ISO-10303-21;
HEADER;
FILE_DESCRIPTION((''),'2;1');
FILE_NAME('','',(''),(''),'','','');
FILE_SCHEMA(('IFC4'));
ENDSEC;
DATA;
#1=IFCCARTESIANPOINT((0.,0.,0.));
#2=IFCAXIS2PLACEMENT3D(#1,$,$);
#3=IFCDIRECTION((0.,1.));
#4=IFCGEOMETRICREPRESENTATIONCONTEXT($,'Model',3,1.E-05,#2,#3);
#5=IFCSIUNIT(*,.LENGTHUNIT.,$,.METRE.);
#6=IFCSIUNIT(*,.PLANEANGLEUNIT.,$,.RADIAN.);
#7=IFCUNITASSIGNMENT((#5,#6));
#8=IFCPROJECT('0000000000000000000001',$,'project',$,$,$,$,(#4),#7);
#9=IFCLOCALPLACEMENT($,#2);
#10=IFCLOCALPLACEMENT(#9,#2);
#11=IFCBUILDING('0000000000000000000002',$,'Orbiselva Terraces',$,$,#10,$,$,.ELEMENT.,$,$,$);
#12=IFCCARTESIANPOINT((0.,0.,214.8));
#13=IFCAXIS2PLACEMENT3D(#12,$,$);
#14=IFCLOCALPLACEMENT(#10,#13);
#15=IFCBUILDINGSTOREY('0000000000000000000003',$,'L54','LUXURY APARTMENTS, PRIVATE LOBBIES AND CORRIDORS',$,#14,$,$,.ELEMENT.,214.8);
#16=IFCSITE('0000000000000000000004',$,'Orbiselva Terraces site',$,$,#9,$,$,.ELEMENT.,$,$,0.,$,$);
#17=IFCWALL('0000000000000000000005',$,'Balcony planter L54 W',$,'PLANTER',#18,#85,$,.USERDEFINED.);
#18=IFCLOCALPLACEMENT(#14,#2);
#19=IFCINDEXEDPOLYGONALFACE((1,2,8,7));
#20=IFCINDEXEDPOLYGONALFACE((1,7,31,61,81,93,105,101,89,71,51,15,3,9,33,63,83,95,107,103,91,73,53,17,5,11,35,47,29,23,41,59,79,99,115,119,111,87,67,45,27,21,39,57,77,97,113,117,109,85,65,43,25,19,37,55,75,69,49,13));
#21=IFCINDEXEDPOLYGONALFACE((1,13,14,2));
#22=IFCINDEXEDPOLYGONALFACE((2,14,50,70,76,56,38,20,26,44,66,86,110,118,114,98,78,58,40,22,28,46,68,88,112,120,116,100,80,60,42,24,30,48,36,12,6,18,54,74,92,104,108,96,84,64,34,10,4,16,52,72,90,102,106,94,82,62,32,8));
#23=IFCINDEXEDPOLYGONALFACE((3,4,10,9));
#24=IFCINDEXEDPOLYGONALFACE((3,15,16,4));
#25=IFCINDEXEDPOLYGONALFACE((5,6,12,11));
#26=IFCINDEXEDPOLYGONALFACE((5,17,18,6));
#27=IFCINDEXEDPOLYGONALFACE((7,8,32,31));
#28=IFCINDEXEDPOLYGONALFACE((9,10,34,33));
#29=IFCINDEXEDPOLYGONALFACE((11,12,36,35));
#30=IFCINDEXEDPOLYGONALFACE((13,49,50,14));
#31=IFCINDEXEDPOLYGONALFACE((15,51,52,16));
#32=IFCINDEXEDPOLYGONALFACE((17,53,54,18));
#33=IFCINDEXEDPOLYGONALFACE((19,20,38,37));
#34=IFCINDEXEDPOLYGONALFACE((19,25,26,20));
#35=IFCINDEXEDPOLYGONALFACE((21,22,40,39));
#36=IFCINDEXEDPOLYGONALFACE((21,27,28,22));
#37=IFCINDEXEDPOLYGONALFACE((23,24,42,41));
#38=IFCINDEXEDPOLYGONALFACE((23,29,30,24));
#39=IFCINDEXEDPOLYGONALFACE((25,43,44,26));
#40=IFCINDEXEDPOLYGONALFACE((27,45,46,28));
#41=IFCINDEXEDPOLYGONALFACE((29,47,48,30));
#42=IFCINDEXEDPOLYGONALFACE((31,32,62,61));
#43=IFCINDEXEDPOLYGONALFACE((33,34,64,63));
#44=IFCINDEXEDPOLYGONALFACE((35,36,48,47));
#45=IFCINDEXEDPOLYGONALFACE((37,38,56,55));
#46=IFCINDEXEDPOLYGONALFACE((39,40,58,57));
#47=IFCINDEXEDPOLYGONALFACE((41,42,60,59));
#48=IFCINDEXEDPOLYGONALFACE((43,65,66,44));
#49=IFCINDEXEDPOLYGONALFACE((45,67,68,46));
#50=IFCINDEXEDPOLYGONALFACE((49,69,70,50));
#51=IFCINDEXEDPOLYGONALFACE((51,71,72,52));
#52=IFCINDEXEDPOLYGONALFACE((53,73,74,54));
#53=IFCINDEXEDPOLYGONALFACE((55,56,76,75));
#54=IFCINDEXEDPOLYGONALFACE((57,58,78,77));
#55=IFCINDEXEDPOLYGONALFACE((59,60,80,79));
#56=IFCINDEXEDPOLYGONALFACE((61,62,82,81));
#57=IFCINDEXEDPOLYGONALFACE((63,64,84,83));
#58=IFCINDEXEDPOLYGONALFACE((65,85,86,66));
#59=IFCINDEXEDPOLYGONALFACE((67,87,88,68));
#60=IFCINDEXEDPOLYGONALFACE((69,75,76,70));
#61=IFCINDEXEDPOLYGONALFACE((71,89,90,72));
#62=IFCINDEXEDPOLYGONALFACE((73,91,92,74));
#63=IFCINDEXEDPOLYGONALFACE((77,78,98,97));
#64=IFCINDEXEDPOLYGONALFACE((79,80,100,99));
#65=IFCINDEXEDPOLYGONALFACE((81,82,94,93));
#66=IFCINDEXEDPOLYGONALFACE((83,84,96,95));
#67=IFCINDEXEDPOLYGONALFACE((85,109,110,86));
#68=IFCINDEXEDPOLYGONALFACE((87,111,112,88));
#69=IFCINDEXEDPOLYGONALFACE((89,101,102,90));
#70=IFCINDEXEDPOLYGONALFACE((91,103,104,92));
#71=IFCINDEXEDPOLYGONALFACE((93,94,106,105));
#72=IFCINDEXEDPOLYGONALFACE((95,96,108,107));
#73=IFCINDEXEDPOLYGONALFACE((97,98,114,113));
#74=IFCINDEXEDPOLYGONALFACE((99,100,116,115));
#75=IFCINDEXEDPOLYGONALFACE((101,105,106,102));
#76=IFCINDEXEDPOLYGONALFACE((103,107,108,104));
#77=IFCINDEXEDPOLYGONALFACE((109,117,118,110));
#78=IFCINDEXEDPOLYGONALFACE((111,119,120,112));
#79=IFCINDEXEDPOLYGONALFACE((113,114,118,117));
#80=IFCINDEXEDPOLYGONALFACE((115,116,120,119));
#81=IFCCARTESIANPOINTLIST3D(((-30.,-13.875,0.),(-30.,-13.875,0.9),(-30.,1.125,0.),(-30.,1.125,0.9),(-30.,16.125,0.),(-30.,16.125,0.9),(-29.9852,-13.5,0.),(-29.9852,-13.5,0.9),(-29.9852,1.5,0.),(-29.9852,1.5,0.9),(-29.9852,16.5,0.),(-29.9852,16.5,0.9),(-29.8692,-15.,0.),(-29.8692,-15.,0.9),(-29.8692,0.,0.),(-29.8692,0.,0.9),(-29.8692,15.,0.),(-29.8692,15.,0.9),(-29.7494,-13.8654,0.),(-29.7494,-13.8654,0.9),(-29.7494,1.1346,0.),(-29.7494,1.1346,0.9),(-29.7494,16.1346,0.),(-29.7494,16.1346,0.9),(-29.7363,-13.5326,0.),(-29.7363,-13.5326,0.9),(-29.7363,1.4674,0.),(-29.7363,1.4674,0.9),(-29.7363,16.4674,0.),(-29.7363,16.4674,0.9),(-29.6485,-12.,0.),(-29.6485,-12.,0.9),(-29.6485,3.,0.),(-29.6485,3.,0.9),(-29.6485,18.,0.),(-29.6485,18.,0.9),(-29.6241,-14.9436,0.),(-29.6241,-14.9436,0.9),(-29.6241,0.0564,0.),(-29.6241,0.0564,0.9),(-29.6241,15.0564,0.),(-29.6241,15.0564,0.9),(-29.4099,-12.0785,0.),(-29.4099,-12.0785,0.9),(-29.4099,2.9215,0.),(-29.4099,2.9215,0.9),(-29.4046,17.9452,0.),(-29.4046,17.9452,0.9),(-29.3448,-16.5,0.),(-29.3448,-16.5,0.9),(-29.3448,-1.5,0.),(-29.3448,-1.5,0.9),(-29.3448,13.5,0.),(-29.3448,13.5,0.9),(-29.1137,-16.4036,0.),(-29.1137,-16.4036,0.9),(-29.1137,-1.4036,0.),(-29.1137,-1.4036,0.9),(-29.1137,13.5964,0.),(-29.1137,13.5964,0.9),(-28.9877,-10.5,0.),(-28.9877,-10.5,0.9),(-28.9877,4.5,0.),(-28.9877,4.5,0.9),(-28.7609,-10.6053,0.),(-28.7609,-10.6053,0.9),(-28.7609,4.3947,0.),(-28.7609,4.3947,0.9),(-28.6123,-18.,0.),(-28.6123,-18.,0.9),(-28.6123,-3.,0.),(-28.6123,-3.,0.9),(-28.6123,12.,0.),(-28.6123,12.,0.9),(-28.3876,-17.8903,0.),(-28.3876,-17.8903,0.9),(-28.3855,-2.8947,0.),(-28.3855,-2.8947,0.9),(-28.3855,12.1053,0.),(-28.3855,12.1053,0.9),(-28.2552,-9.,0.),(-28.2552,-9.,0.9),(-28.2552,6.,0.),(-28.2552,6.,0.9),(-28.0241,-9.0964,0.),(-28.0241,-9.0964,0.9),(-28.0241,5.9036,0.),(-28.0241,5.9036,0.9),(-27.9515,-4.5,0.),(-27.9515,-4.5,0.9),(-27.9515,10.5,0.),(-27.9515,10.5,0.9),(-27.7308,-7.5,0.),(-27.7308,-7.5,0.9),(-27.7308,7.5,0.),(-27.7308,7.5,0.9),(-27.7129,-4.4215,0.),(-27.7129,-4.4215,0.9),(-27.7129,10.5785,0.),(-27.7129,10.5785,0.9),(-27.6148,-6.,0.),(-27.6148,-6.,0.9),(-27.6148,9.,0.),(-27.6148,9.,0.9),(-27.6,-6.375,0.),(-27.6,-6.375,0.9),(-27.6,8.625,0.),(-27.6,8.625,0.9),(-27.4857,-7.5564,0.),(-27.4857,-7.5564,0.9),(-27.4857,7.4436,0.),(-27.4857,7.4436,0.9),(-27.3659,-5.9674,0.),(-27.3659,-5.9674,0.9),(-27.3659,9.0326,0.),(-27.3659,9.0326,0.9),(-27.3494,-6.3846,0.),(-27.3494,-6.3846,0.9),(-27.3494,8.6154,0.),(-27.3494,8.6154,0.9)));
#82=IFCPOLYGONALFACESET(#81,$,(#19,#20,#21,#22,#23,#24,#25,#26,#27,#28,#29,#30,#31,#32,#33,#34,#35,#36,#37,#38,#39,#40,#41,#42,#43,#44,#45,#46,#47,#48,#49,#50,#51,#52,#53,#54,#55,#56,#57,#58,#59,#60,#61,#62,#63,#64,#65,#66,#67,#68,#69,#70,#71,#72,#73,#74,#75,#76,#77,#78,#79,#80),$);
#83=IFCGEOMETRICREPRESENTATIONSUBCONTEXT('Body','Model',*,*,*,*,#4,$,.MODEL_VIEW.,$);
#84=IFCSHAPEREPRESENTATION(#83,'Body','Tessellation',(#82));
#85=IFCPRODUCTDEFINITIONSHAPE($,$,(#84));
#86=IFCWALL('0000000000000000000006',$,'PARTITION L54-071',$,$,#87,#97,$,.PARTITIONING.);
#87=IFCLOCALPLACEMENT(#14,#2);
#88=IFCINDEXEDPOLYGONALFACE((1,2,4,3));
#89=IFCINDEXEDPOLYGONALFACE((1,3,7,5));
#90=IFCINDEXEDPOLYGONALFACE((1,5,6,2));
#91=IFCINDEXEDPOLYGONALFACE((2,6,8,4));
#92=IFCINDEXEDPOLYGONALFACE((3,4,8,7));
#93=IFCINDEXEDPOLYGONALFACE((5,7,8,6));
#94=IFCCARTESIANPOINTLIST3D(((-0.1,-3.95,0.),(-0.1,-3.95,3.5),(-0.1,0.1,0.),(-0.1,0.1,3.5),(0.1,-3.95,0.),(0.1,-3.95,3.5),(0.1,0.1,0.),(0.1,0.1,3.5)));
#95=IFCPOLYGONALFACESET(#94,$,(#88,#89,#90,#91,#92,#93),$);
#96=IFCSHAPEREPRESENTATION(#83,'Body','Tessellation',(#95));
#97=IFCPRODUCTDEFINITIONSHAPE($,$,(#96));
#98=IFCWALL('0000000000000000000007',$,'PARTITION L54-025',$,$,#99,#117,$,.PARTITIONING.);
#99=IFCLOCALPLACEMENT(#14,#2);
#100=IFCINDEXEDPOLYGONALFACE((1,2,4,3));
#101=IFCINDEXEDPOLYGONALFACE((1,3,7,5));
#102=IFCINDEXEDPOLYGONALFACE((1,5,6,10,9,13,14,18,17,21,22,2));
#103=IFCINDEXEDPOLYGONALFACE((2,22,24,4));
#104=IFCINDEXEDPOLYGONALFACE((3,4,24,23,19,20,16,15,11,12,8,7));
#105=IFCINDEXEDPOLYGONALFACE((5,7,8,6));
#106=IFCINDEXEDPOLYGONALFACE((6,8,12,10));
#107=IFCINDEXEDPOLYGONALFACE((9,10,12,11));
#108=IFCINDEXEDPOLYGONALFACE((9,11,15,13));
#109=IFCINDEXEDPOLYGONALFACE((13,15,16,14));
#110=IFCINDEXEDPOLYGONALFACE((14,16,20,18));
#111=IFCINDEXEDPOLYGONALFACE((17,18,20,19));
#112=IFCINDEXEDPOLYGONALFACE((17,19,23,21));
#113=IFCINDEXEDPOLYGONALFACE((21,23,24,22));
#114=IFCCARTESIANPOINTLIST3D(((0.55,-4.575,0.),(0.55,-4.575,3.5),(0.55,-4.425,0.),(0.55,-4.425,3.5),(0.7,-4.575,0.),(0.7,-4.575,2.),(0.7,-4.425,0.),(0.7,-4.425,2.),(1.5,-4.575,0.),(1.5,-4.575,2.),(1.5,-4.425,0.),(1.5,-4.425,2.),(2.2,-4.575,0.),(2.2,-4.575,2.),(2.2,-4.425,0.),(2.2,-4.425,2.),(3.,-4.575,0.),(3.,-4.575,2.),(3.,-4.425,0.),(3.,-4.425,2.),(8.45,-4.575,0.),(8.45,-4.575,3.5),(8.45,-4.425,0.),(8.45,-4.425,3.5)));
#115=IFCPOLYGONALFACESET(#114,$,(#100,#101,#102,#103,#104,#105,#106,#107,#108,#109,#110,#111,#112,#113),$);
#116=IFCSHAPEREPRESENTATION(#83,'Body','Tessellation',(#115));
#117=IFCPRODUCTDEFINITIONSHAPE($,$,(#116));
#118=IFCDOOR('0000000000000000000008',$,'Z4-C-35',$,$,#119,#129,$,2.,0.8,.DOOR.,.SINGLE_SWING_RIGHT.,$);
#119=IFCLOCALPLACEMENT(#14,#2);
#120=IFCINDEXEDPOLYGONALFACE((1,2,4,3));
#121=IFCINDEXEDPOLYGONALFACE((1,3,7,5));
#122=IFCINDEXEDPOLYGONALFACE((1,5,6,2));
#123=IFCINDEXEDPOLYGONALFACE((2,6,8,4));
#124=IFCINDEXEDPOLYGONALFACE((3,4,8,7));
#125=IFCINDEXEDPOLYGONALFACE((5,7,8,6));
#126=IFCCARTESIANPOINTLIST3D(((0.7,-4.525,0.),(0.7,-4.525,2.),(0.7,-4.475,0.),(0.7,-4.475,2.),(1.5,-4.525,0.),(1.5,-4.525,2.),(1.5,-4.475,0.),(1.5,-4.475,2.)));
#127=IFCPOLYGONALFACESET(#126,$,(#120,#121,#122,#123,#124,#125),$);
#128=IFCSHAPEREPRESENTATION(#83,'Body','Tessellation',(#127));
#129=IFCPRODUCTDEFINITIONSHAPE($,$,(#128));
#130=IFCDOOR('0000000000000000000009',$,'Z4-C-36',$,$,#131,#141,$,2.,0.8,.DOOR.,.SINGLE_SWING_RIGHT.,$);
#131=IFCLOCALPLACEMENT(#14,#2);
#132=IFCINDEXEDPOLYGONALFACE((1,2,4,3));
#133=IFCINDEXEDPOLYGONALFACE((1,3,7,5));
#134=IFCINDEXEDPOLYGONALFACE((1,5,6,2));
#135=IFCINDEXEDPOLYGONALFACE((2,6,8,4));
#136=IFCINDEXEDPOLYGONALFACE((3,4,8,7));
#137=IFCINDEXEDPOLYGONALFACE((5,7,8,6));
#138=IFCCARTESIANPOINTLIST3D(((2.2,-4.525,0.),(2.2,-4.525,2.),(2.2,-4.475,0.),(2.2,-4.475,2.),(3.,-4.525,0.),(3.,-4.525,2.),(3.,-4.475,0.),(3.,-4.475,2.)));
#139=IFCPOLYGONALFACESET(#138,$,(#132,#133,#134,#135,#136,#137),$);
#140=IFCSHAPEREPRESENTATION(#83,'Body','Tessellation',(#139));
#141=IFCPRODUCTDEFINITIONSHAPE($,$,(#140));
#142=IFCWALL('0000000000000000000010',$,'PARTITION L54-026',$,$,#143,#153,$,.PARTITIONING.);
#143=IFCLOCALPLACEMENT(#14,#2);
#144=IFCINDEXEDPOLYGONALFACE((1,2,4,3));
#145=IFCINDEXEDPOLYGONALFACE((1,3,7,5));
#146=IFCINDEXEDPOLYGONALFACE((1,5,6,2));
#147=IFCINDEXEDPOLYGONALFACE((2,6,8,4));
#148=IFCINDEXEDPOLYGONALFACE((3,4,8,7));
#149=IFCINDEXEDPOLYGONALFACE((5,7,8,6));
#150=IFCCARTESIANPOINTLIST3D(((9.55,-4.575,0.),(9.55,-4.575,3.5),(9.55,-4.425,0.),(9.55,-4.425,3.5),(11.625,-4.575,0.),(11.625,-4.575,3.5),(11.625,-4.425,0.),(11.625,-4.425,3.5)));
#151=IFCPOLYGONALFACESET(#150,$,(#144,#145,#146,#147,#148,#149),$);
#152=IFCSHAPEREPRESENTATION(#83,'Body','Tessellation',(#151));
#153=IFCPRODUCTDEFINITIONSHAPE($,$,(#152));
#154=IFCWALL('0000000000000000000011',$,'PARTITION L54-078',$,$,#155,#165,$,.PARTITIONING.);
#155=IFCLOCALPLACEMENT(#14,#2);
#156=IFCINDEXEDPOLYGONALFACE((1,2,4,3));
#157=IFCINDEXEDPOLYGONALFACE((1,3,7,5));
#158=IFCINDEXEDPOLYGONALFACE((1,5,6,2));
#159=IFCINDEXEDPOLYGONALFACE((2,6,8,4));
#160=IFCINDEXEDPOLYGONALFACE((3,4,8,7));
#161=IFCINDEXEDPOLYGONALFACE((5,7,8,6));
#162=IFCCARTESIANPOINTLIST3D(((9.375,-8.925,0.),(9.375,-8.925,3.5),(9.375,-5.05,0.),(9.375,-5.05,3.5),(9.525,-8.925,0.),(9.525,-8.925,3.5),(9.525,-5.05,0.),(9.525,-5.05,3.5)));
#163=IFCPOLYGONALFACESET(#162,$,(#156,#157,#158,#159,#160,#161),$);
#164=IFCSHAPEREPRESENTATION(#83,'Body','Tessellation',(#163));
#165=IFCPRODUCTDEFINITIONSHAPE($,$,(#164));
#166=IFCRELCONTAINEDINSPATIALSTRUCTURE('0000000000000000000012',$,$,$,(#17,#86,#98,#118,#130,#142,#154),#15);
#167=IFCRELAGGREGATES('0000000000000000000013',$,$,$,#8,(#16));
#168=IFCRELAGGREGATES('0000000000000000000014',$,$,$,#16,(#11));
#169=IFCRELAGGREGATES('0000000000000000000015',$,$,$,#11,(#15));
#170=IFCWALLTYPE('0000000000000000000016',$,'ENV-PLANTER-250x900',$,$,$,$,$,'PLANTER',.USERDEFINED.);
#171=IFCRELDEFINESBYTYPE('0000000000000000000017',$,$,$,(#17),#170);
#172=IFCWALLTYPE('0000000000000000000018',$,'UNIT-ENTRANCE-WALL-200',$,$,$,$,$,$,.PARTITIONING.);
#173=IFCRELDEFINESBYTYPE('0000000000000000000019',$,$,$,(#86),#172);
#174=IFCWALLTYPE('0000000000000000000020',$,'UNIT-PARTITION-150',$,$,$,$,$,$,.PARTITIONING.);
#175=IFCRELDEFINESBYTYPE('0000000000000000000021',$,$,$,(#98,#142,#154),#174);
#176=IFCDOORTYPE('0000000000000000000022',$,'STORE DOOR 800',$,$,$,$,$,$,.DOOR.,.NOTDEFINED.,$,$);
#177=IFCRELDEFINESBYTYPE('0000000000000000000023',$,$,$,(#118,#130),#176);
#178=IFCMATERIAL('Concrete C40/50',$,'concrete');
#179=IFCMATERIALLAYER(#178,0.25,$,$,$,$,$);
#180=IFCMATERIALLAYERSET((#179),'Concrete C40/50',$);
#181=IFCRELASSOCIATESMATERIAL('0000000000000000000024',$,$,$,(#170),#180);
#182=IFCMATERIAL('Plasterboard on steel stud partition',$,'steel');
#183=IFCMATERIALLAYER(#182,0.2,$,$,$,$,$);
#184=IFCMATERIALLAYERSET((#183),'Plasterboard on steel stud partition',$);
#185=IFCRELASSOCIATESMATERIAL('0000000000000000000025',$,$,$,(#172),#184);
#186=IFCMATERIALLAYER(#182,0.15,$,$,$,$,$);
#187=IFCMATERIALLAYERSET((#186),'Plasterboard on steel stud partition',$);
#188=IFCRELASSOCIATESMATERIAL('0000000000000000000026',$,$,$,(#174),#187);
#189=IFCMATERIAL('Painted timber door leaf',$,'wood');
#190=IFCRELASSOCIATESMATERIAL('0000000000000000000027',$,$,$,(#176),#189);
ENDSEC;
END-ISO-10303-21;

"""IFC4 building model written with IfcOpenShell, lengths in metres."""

from ifc_helpers import new_model, si_unit, direction, frame, frame_2d, origin, place, context, subcontext, project, spatial, polyline, rectangle, outline, extrude, material, layer, layer_set, type_object, element, fill, save


model = new_model("IFC4")

# Units and contexts
model_context = context("Model", 3, precision=1e-05, world=origin(), true_north=direction((0.0, 1.0)))
body_context = subcontext(model_context, "Body", "Model", "MODEL_VIEW")
ifc_project = project(units=[si_unit("LENGTHUNIT", "METRE"), si_unit("PLANEANGLEUNIT", "RADIAN")], contexts=[model_context])

# Site, building, storey
site_placement = place(None, origin())
site = spatial("IfcSite", under=ifc_project, at=site_placement, Name="Orbiselva Terraces site", CompositionType="ELEMENT", RefElevation=0.0)
building_placement = place(site_placement, origin())
building = spatial("IfcBuilding", under=site, at=building_placement, Name="Orbiselva Terraces", CompositionType="ELEMENT")
storey_placement = place(building_placement, frame((0.0, 0.0, 214.8)))
storey = spatial("IfcBuildingStorey", under=building, at=storey_placement, Name="L54", Description="LUXURY APARTMENTS, PRIVATE LOBBIES AND CORRIDORS", CompositionType="ELEMENT", Elevation=214.8)

# Shared definitions
ifc_material_1 = material(Name="Concrete C40/50", Category="concrete")

# Walls
ifc_layer_1 = layer(ifc_material_1, 0.25)
ifc_layer_set_1 = layer_set([ifc_layer_1], Name="Concrete C40/50")
wall_type_1 = type_object("IfcWallType", Name="ENV-PLANTER-250x900", ElementType="PLANTER", PredefinedType="USERDEFINED", material=ifc_layer_set_1)
wall_1_placement = place(storey_placement, origin())
element("IfcWall", 1, at=wall_1_placement, inside=storey, type_object=wall_type_1, Name="Balcony planter L54 W", ObjectType="PLANTER", PredefinedType="USERDEFINED", context=body_context, shape_type="SweptSolid", body=[
    extrude(outline(polyline([(-29.6485, 18.0), (-29.9852, 16.5), (-30.0, 16.125), (-29.8692, 15.0), (-29.3448, 13.5), (-28.6123, 12.0), (-27.9515, 10.5), (-27.6148, 9.0), (-27.6, 8.625), (-27.7308, 7.5), (-28.2552, 6.0), (-28.9877, 4.5), (-29.6485, 3.0), (-29.9852, 1.5), (-30.0, 1.125), (-29.8692, 0.0), (-29.3448, -1.5), (-28.6123, -3.0), (-27.9515, -4.5), (-27.6148, -6.0), (-27.6, -6.375), (-27.7308, -7.5), (-28.2552, -9.0), (-28.9877, -10.5), (-29.6485, -12.0), (-29.9852, -13.5), (-30.0, -13.875), (-29.8692, -15.0), (-29.3448, -16.5), (-28.6123, -18.0), (-28.3876, -17.8903), (-29.1137, -16.4036), (-29.6241, -14.9436), (-29.7494, -13.8654), (-29.7363, -13.5326), (-29.4099, -12.0785), (-28.7609, -10.6053), (-28.0241, -9.0964), (-27.4857, -7.5564), (-27.3494, -6.3846), (-27.3659, -5.9674), (-27.7129, -4.4215), (-28.3855, -2.8947), (-29.1137, -1.4036), (-29.6241, 0.0564), (-29.7494, 1.1346), (-29.7363, 1.4674), (-29.4099, 2.9215), (-28.7609, 4.3947), (-28.0241, 5.9036), (-27.4857, 7.4436), (-27.3494, 8.6154), (-27.3659, 9.0326), (-27.7129, 10.5785), (-28.3855, 12.1053), (-29.1137, 13.5964), (-29.6241, 15.0564), (-29.7494, 16.1346), (-29.7363, 16.4674), (-29.4046, 17.9452), (-29.6485, 18.0)])), origin(), (0.0, 0.0, 1.0), 0.9),
])
ifc_material_2 = material(Name="Plasterboard on steel stud partition", Category="steel")
ifc_layer_2 = layer(ifc_material_2, 0.2)
ifc_layer_set_2 = layer_set([ifc_layer_2], Name="Plasterboard on steel stud partition")
wall_type_2 = type_object("IfcWallType", Name="UNIT-ENTRANCE-WALL-200", PredefinedType="PARTITIONING", material=ifc_layer_set_2)
wall_2_placement = place(storey_placement, frame((0.0, -3.95, 0.0), z_axis=(0.0, 0.0, 1.0), x_axis=(0.0, 1.0, 0.0)))
element("IfcWall", 2, at=wall_2_placement, inside=storey, type_object=wall_type_2, Name="PARTITION L54-071", PredefinedType="PARTITIONING", context=body_context, shape_type="SweptSolid", body=[
    extrude(rectangle(XDim=4.05, YDim=0.2, at=frame_2d((2.025, 0.0))), origin(), (0.0, 0.0, 1.0), 3.5),
])

# Wall, openings, doors
ifc_layer_3 = layer(ifc_material_2, 0.15)
ifc_layer_set_3 = layer_set([ifc_layer_3], Name="Plasterboard on steel stud partition")
wall_type_3 = type_object("IfcWallType", Name="UNIT-PARTITION-150", PredefinedType="PARTITIONING", material=ifc_layer_set_3)
wall_3_placement = place(storey_placement, frame((8.45, -4.5, 0.0), z_axis=(0.0, 0.0, 1.0), x_axis=(-1.0, 0.0, 0.0)))
wall_3 = element("IfcWall", 3, at=wall_3_placement, inside=storey, type_object=wall_type_3, Name="PARTITION L54-025", PredefinedType="PARTITIONING", context=body_context, shape_type="SweptSolid", body=[
    extrude(rectangle(XDim=7.9, YDim=0.15, at=frame_2d((3.95, 0.0))), origin(), (0.0, 0.0, 1.0), 3.5),
])
opening_1_placement = place(wall_3_placement, frame((6.95, 0.0, 0.0)))
opening_1 = element("IfcOpeningElement", 4, at=opening_1_placement, cuts=wall_3, PredefinedType="OPENING", context=body_context, shape_type="SweptSolid", body=[
    extrude(rectangle(XDim=0.8, YDim=2.0, at=frame_2d((0.4, 1.0))), frame((0.0, 0.085, 0.0), z_axis=(0.0, -1.0, 0.0), x_axis=(1.0, 0.0, 0.0)), (0.0, 0.0, 1.0), 0.17),
])
opening_2_placement = place(wall_3_placement, frame((5.45, 0.0, 0.0)))
opening_2 = element("IfcOpeningElement", 5, at=opening_2_placement, cuts=wall_3, PredefinedType="OPENING", context=body_context, shape_type="SweptSolid", body=[
    extrude(rectangle(XDim=0.8, YDim=2.0, at=frame_2d((0.4, 1.0))), frame((0.0, 0.085, 0.0), z_axis=(0.0, -1.0, 0.0), x_axis=(1.0, 0.0, 0.0)), (0.0, 0.0, 1.0), 0.17),
])
ifc_material_3 = material(Name="Painted timber door leaf", Category="wood")
door_type = type_object("IfcDoorType", Name="STORE DOOR 800", OperationType="NOTDEFINED", PredefinedType="DOOR", material=ifc_material_3)
door_1_placement = place(opening_1_placement, origin())
door_1 = element("IfcDoor", 6, at=door_1_placement, inside=storey, type_object=door_type, Name="Z4-C-35", OperationType="SINGLE_SWING_RIGHT", OverallHeight=2.0, OverallWidth=0.8, PredefinedType="DOOR", context=body_context, shape_type="SweptSolid", body=[
    extrude(rectangle(XDim=0.8, YDim=2.0, at=frame_2d((0.4, 1.0))), frame((0.0, 0.025, 0.0), z_axis=(0.0, -1.0, 0.0), x_axis=(1.0, 0.0, 0.0)), (0.0, 0.0, 1.0), 0.05),
])
fill(opening_1, door_1)
door_2_placement = place(opening_2_placement, origin())
door_2 = element("IfcDoor", 7, at=door_2_placement, inside=storey, type_object=door_type, Name="Z4-C-36", OperationType="SINGLE_SWING_RIGHT", OverallHeight=2.0, OverallWidth=0.8, PredefinedType="DOOR", context=body_context, shape_type="SweptSolid", body=[
    extrude(rectangle(XDim=0.8, YDim=2.0, at=frame_2d((0.4, 1.0))), frame((0.0, 0.025, 0.0), z_axis=(0.0, -1.0, 0.0), x_axis=(1.0, 0.0, 0.0)), (0.0, 0.0, 1.0), 0.05),
])
fill(opening_2, door_2)

# Walls
wall_4_placement = place(storey_placement, frame((9.55, -4.5, 0.0), z_axis=(0.0, 0.0, 1.0), x_axis=(1.0, 0.0, 0.0)))
element("IfcWall", 8, at=wall_4_placement, inside=storey, type_object=wall_type_3, Name="PARTITION L54-026", PredefinedType="PARTITIONING", context=body_context, shape_type="SweptSolid", body=[
    extrude(rectangle(XDim=2.075, YDim=0.15, at=frame_2d((1.0375, 0.0))), origin(), (0.0, 0.0, 1.0), 3.5),
])
wall_5_placement = place(storey_placement, frame((9.45, -8.925, 0.0), z_axis=(0.0, 0.0, 1.0), x_axis=(0.0, 1.0, 0.0)))
element("IfcWall", 9, at=wall_5_placement, inside=storey, type_object=wall_type_3, Name="PARTITION L54-078", PredefinedType="PARTITIONING", context=body_context, shape_type="SweptSolid", body=[
    extrude(rectangle(XDim=3.875, YDim=0.15, at=frame_2d((1.9375, 0.0))), origin(), (0.0, 0.0, 1.0), 3.5),
])

save(model, "model.ifc")
